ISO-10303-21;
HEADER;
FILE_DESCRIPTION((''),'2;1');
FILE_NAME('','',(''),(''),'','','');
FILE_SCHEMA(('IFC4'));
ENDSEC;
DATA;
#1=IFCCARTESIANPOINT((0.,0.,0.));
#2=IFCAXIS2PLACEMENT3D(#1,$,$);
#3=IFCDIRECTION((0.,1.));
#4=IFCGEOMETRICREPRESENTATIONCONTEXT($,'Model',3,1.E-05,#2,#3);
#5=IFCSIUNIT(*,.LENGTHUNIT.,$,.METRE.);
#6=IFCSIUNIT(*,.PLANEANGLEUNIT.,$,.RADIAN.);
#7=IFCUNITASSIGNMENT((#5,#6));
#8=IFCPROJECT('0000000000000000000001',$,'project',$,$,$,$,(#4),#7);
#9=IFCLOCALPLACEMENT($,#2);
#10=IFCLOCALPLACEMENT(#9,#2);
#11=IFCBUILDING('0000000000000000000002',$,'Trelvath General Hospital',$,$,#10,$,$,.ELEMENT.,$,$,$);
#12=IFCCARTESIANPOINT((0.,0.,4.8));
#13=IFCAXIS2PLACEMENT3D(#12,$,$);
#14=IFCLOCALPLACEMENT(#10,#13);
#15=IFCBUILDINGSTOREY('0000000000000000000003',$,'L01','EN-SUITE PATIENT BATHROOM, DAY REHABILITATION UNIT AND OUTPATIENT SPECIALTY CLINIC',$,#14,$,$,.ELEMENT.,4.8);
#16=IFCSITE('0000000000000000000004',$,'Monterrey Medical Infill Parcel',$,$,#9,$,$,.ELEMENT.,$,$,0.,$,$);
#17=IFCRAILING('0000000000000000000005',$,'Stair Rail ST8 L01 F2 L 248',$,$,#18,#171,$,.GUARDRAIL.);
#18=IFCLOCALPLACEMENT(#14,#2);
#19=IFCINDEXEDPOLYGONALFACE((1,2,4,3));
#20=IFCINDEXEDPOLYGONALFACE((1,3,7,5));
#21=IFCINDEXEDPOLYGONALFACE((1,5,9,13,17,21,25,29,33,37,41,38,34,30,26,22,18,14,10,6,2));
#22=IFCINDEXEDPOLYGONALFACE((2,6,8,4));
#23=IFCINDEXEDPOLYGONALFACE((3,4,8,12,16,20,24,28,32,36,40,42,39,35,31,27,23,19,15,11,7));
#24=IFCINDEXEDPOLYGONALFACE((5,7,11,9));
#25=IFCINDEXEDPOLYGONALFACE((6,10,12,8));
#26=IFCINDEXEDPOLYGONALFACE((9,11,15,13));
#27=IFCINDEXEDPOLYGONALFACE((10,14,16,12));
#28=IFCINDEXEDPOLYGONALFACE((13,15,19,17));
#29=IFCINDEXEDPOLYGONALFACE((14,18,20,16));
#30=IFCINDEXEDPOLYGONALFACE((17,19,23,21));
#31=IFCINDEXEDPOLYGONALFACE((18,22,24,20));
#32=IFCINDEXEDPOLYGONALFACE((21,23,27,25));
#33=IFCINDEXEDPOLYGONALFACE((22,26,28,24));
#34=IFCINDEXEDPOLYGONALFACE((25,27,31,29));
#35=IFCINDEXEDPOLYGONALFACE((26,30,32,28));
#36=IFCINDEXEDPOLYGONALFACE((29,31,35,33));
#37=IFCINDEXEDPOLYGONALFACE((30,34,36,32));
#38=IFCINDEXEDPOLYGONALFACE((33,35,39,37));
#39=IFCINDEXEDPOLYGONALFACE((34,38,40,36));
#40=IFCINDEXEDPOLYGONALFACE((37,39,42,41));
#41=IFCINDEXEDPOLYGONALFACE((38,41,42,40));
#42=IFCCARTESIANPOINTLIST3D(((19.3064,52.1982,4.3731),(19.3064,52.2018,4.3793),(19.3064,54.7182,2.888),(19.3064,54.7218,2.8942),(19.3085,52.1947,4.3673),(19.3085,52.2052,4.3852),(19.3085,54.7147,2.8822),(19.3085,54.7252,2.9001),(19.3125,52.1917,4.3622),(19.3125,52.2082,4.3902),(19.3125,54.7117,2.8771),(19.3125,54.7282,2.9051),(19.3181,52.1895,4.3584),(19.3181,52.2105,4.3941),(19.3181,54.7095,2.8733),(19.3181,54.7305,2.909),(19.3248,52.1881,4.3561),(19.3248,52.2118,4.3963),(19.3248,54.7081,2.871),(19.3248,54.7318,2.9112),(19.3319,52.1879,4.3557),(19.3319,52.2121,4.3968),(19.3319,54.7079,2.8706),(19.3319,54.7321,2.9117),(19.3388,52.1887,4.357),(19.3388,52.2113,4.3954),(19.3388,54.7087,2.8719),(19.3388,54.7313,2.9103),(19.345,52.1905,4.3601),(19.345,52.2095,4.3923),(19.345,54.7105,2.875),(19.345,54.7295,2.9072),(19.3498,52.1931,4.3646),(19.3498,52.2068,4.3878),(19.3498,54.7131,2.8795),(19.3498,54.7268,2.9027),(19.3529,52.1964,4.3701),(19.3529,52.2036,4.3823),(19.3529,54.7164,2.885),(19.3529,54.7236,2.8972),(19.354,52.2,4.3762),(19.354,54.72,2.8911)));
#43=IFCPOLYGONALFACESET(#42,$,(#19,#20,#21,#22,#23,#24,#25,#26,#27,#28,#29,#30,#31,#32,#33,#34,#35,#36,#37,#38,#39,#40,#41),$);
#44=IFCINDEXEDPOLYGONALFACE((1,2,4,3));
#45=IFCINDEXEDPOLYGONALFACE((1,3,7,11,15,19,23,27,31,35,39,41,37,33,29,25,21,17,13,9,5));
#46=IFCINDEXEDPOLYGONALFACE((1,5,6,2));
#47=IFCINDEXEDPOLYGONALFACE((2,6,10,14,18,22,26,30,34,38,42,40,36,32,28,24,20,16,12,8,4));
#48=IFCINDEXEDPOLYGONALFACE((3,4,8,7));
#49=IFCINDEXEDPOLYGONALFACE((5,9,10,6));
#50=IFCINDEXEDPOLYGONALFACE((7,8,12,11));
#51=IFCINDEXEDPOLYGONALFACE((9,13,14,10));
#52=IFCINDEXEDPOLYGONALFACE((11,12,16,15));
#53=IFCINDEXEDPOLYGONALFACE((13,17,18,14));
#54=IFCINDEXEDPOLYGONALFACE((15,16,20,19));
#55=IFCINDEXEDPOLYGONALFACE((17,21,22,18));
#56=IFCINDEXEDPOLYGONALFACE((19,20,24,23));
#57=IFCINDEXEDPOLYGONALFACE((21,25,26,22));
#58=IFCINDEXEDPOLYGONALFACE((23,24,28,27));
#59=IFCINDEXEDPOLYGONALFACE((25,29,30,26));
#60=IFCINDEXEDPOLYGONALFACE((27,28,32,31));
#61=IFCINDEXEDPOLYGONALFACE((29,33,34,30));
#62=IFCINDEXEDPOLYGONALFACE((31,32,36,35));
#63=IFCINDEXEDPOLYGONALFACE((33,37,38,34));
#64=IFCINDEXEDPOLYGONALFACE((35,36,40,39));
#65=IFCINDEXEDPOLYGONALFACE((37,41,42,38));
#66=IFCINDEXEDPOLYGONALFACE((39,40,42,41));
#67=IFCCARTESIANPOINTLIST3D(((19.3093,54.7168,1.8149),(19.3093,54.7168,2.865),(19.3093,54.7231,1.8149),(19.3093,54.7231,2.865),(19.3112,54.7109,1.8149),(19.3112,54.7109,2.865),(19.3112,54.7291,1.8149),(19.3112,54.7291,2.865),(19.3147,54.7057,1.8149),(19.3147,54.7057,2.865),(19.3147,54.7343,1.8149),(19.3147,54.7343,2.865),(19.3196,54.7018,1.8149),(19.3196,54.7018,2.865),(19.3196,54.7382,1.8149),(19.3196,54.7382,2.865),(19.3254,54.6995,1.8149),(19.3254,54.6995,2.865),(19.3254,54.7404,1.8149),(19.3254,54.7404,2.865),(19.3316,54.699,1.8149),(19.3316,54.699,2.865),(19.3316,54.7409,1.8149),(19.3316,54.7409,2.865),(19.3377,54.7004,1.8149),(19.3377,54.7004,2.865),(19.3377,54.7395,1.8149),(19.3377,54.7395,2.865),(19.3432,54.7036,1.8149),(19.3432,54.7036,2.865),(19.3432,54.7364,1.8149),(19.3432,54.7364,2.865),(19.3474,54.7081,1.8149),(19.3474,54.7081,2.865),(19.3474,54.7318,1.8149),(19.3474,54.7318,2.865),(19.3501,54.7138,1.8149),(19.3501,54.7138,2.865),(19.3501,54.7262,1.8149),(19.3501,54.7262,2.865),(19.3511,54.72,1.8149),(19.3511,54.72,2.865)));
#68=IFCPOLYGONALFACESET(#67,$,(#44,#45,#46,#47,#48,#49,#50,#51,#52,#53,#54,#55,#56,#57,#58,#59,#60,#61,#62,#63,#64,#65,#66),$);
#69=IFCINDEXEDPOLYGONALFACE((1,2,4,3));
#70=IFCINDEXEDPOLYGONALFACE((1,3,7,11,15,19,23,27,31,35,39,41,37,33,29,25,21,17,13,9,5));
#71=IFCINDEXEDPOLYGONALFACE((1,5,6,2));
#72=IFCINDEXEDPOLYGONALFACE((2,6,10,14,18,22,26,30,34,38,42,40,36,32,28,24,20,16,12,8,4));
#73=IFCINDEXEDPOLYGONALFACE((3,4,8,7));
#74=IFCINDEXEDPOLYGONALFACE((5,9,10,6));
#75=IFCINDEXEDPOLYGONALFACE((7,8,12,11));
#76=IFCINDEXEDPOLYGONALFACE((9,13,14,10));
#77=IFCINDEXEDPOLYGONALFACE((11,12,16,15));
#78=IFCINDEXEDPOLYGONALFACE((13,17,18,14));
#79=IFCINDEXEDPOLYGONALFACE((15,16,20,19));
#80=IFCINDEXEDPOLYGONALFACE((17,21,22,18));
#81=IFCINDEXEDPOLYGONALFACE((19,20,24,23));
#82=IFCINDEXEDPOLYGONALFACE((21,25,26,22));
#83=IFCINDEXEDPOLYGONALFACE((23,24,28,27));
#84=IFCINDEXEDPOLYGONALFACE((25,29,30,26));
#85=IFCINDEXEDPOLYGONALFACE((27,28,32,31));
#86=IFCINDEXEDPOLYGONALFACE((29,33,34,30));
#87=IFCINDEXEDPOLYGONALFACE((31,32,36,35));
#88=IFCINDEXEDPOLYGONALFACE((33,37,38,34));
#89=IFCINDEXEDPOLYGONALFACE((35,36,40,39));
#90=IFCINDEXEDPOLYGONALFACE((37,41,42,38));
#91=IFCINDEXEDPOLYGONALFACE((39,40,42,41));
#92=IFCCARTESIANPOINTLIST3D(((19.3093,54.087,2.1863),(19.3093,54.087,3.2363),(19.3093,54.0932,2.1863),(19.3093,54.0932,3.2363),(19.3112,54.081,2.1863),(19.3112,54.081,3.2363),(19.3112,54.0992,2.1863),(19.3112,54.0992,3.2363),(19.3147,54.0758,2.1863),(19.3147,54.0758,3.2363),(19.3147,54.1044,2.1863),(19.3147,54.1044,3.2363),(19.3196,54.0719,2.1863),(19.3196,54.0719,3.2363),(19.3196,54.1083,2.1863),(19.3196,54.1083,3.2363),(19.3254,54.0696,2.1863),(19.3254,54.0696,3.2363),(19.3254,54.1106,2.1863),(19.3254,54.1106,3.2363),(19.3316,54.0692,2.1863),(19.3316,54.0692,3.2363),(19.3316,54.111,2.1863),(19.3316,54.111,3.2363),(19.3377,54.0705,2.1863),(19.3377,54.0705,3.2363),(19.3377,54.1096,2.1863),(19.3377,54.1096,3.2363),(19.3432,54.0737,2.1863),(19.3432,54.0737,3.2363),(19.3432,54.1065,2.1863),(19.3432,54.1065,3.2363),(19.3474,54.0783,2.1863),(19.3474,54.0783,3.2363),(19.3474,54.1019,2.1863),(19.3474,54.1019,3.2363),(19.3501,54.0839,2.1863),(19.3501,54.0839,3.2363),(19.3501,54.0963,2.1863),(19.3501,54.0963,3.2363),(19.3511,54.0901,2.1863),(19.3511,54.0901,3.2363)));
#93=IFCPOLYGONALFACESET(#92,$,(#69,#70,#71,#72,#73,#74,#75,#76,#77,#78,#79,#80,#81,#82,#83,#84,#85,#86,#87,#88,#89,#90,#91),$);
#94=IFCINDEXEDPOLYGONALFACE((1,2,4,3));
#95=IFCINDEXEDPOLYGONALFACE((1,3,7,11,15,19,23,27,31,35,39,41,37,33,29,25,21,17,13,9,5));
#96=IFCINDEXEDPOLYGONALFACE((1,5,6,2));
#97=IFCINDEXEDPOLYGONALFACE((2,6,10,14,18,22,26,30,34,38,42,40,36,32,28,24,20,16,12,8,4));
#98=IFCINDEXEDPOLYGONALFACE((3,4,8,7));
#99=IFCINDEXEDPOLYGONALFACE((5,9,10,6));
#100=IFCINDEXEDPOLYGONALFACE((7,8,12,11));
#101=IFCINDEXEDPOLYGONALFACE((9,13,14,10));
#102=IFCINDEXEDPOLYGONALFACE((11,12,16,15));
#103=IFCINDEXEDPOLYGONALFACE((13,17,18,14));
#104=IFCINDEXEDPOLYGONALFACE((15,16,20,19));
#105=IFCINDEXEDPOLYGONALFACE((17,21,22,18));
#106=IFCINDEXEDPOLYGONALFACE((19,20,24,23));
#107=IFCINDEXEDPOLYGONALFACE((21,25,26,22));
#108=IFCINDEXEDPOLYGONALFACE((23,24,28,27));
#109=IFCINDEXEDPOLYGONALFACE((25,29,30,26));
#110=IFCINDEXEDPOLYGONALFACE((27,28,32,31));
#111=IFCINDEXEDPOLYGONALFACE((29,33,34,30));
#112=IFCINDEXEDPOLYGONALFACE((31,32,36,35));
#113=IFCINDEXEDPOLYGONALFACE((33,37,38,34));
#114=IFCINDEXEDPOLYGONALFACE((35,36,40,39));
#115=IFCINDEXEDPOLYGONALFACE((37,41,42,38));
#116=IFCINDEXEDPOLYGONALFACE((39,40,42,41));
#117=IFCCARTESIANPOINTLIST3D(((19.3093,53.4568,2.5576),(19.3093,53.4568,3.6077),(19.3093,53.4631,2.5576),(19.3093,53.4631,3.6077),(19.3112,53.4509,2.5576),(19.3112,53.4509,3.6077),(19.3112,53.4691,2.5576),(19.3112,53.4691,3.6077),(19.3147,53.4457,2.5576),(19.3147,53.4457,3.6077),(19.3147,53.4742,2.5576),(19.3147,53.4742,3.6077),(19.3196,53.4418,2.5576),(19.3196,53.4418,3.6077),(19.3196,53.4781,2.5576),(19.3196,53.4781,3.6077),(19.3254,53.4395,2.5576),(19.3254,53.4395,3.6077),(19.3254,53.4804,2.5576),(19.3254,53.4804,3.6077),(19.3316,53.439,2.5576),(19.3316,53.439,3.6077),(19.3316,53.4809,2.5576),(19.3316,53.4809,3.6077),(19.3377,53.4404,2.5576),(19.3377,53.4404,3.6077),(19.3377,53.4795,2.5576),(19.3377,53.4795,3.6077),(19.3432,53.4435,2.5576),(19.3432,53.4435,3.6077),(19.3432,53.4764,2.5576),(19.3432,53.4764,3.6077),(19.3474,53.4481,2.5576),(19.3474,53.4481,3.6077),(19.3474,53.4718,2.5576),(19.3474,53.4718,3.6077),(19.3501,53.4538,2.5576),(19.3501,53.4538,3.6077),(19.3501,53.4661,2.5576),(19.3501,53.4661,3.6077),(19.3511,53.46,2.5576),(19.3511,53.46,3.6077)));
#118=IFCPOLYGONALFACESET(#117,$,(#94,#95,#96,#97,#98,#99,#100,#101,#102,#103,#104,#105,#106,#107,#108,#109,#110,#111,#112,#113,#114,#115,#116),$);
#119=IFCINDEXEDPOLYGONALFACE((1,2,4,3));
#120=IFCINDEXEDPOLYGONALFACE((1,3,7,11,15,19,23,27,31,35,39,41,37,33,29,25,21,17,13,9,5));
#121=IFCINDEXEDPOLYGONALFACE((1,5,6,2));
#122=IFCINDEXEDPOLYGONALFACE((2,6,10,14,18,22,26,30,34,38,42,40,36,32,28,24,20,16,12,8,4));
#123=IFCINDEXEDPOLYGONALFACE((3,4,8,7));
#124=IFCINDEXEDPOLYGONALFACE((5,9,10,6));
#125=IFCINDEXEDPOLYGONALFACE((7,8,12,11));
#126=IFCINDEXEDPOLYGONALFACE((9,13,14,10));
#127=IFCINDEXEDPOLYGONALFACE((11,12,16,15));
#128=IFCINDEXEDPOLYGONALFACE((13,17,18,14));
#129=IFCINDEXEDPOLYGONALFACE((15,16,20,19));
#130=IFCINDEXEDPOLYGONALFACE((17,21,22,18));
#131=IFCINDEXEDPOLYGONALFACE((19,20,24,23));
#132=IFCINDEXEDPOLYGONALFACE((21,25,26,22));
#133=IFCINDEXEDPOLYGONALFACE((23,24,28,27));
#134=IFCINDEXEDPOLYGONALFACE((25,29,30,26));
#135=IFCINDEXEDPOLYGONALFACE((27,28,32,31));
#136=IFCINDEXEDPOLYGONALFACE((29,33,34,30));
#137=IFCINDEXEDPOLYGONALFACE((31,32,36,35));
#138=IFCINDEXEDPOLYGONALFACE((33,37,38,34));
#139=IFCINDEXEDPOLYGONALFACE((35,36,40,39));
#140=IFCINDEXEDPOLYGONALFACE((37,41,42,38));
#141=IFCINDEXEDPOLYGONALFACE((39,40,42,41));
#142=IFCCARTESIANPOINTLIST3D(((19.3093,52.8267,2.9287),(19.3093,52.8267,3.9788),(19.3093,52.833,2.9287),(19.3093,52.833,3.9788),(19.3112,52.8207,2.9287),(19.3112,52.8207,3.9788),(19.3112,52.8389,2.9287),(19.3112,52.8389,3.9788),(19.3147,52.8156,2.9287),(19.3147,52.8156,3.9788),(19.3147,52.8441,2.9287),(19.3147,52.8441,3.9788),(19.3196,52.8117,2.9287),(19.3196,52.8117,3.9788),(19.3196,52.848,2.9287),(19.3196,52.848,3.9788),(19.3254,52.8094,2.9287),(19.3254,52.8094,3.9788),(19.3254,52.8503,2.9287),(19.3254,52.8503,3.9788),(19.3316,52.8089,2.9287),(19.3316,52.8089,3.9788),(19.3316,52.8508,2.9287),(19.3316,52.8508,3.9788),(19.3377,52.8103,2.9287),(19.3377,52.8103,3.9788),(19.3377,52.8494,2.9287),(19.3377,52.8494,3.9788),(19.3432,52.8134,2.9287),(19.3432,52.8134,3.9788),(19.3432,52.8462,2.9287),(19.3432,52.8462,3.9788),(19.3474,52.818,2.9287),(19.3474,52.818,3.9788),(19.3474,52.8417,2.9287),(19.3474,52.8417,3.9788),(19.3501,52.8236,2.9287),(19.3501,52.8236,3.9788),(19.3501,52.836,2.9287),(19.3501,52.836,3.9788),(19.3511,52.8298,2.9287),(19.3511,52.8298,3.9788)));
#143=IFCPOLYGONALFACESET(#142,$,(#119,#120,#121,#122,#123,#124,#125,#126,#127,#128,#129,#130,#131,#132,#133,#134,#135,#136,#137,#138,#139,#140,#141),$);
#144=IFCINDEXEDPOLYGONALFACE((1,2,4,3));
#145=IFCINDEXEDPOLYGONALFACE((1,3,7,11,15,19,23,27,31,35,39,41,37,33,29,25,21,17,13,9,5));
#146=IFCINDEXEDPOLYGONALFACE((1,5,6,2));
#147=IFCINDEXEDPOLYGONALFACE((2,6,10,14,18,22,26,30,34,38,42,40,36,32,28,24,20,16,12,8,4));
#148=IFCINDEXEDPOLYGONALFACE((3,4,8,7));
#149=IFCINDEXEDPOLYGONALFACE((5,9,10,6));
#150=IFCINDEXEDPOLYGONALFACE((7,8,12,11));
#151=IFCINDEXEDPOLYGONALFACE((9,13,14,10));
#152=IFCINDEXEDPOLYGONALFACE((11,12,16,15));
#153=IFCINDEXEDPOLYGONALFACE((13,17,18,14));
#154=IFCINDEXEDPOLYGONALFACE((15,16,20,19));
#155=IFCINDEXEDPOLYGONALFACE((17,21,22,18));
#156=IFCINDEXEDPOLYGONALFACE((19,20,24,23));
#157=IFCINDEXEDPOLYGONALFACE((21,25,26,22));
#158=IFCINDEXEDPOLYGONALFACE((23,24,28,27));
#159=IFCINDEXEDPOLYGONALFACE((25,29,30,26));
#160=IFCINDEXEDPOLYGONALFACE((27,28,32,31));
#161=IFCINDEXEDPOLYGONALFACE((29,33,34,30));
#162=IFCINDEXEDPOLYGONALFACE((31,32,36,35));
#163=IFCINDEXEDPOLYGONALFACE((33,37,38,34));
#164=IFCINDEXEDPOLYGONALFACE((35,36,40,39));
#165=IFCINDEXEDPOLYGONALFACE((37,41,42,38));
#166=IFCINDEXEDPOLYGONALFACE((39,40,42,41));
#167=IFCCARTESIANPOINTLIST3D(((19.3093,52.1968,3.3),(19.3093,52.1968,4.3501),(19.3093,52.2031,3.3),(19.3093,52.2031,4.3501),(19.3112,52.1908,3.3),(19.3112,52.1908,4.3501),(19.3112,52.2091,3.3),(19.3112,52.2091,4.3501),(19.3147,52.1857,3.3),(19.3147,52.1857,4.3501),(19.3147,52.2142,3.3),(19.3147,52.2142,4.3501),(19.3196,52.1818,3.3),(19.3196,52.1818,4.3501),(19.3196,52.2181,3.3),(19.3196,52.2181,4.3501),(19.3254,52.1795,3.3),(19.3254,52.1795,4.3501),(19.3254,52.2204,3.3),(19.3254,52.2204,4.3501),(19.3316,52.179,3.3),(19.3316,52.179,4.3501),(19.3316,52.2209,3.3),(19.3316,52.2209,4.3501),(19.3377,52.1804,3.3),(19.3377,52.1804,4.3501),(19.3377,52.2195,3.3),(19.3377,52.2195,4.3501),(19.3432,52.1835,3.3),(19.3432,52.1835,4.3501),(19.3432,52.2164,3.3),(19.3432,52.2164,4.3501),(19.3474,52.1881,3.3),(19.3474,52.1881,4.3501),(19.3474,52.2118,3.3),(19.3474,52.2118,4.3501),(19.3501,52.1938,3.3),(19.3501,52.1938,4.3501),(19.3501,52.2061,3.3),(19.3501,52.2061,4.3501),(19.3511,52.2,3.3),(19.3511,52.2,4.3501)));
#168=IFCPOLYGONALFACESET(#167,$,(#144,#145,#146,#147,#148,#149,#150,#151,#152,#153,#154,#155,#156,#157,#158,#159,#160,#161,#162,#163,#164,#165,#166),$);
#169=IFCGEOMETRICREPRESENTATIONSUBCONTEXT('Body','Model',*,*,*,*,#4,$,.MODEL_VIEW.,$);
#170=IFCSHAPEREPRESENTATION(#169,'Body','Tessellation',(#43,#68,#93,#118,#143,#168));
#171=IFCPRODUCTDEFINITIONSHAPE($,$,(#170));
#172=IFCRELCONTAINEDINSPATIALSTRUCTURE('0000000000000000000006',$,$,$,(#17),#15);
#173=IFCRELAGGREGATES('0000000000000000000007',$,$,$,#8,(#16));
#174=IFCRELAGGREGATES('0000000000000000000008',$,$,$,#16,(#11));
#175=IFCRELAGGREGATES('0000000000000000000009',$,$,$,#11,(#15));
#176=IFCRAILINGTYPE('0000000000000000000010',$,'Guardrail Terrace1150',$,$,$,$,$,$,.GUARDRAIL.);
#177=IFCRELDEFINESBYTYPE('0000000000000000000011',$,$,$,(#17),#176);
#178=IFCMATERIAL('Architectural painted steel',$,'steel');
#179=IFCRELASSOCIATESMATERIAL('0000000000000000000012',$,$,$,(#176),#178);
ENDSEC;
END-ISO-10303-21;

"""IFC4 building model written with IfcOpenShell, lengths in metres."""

from ifc_helpers import new_model, si_unit, direction, frame, origin, origin_2d, place, context, subcontext, project, spatial, circle, extrude, material, type_object, element, save


model = new_model("IFC4")

# Units and contexts
model_context = context("Model", 3, precision=1e-05, world=origin(), true_north=direction((0.0, 1.0)))
body_context = subcontext(model_context, "Body", "Model", "MODEL_VIEW")
ifc_project = project(units=[si_unit("LENGTHUNIT", "METRE"), si_unit("PLANEANGLEUNIT", "RADIAN")], contexts=[model_context])

# Site, building, storey
site_placement = place(None, origin())
site = spatial("IfcSite", under=ifc_project, at=site_placement, Name="Monterrey Medical Infill Parcel", CompositionType="ELEMENT", RefElevation=0.0)
building_placement = place(site_placement, origin())
building = spatial("IfcBuilding", under=site, at=building_placement, Name="Trelvath General Hospital", CompositionType="ELEMENT")
storey_placement = place(building_placement, frame((0.0, 0.0, 4.8)))
storey = spatial("IfcBuildingStorey", under=building, at=storey_placement, Name="L01", Description="EN-SUITE PATIENT BATHROOM, DAY REHABILITATION UNIT AND OUTPATIENT SPECIALTY CLINIC", CompositionType="ELEMENT", Elevation=4.8)

# Railing
ifc_material_1 = material(Name="Architectural painted steel", Category="steel")
railing_type_1 = type_object("IfcRailingType", Name="Guardrail Terrace1150", PredefinedType="GUARDRAIL", material=ifc_material_1)
railing_1_placement = place(storey_placement, frame((19.3301, 54.72, 1.8149)))
element("IfcRailing", 1, at=railing_1_placement, inside=storey, type_object=railing_type_1, Name="Stair Rail ST8 L01 F2 L 248", PredefinedType="GUARDRAIL", context=body_context, shape_type="SweptSolid", body=[
    extrude(circle(Radius=0.0239, at=origin_2d()), frame((0.0, 0.0, 1.0762), z_axis=(0.0, -0.861524, 0.507717), x_axis=(1.0, 0.0, 0.0)), (0.0, 0.0, 1.0), 2.925),
    extrude(circle(Radius=0.021, at=origin_2d()), origin(), (0.0, 0.0, 1.0), 1.05),
    extrude(circle(Radius=0.021, at=origin_2d()), frame((0.0, -0.6299, 0.3713)), (0.0, 0.0, 1.0), 1.05),
    extrude(circle(Radius=0.021, at=origin_2d()), frame((0.0, -1.26, 0.7427)), (0.0, 0.0, 1.0), 1.05),
    extrude(circle(Radius=0.021, at=origin_2d()), frame((0.0, -1.8901, 1.1138)), (0.0, 0.0, 1.0), 1.05),
    extrude(circle(Radius=0.021, at=origin_2d()), frame((0.0, -2.52, 1.4851)), (0.0, 0.0, 1.0), 1.05),
])

save(model, "model.ifc")
